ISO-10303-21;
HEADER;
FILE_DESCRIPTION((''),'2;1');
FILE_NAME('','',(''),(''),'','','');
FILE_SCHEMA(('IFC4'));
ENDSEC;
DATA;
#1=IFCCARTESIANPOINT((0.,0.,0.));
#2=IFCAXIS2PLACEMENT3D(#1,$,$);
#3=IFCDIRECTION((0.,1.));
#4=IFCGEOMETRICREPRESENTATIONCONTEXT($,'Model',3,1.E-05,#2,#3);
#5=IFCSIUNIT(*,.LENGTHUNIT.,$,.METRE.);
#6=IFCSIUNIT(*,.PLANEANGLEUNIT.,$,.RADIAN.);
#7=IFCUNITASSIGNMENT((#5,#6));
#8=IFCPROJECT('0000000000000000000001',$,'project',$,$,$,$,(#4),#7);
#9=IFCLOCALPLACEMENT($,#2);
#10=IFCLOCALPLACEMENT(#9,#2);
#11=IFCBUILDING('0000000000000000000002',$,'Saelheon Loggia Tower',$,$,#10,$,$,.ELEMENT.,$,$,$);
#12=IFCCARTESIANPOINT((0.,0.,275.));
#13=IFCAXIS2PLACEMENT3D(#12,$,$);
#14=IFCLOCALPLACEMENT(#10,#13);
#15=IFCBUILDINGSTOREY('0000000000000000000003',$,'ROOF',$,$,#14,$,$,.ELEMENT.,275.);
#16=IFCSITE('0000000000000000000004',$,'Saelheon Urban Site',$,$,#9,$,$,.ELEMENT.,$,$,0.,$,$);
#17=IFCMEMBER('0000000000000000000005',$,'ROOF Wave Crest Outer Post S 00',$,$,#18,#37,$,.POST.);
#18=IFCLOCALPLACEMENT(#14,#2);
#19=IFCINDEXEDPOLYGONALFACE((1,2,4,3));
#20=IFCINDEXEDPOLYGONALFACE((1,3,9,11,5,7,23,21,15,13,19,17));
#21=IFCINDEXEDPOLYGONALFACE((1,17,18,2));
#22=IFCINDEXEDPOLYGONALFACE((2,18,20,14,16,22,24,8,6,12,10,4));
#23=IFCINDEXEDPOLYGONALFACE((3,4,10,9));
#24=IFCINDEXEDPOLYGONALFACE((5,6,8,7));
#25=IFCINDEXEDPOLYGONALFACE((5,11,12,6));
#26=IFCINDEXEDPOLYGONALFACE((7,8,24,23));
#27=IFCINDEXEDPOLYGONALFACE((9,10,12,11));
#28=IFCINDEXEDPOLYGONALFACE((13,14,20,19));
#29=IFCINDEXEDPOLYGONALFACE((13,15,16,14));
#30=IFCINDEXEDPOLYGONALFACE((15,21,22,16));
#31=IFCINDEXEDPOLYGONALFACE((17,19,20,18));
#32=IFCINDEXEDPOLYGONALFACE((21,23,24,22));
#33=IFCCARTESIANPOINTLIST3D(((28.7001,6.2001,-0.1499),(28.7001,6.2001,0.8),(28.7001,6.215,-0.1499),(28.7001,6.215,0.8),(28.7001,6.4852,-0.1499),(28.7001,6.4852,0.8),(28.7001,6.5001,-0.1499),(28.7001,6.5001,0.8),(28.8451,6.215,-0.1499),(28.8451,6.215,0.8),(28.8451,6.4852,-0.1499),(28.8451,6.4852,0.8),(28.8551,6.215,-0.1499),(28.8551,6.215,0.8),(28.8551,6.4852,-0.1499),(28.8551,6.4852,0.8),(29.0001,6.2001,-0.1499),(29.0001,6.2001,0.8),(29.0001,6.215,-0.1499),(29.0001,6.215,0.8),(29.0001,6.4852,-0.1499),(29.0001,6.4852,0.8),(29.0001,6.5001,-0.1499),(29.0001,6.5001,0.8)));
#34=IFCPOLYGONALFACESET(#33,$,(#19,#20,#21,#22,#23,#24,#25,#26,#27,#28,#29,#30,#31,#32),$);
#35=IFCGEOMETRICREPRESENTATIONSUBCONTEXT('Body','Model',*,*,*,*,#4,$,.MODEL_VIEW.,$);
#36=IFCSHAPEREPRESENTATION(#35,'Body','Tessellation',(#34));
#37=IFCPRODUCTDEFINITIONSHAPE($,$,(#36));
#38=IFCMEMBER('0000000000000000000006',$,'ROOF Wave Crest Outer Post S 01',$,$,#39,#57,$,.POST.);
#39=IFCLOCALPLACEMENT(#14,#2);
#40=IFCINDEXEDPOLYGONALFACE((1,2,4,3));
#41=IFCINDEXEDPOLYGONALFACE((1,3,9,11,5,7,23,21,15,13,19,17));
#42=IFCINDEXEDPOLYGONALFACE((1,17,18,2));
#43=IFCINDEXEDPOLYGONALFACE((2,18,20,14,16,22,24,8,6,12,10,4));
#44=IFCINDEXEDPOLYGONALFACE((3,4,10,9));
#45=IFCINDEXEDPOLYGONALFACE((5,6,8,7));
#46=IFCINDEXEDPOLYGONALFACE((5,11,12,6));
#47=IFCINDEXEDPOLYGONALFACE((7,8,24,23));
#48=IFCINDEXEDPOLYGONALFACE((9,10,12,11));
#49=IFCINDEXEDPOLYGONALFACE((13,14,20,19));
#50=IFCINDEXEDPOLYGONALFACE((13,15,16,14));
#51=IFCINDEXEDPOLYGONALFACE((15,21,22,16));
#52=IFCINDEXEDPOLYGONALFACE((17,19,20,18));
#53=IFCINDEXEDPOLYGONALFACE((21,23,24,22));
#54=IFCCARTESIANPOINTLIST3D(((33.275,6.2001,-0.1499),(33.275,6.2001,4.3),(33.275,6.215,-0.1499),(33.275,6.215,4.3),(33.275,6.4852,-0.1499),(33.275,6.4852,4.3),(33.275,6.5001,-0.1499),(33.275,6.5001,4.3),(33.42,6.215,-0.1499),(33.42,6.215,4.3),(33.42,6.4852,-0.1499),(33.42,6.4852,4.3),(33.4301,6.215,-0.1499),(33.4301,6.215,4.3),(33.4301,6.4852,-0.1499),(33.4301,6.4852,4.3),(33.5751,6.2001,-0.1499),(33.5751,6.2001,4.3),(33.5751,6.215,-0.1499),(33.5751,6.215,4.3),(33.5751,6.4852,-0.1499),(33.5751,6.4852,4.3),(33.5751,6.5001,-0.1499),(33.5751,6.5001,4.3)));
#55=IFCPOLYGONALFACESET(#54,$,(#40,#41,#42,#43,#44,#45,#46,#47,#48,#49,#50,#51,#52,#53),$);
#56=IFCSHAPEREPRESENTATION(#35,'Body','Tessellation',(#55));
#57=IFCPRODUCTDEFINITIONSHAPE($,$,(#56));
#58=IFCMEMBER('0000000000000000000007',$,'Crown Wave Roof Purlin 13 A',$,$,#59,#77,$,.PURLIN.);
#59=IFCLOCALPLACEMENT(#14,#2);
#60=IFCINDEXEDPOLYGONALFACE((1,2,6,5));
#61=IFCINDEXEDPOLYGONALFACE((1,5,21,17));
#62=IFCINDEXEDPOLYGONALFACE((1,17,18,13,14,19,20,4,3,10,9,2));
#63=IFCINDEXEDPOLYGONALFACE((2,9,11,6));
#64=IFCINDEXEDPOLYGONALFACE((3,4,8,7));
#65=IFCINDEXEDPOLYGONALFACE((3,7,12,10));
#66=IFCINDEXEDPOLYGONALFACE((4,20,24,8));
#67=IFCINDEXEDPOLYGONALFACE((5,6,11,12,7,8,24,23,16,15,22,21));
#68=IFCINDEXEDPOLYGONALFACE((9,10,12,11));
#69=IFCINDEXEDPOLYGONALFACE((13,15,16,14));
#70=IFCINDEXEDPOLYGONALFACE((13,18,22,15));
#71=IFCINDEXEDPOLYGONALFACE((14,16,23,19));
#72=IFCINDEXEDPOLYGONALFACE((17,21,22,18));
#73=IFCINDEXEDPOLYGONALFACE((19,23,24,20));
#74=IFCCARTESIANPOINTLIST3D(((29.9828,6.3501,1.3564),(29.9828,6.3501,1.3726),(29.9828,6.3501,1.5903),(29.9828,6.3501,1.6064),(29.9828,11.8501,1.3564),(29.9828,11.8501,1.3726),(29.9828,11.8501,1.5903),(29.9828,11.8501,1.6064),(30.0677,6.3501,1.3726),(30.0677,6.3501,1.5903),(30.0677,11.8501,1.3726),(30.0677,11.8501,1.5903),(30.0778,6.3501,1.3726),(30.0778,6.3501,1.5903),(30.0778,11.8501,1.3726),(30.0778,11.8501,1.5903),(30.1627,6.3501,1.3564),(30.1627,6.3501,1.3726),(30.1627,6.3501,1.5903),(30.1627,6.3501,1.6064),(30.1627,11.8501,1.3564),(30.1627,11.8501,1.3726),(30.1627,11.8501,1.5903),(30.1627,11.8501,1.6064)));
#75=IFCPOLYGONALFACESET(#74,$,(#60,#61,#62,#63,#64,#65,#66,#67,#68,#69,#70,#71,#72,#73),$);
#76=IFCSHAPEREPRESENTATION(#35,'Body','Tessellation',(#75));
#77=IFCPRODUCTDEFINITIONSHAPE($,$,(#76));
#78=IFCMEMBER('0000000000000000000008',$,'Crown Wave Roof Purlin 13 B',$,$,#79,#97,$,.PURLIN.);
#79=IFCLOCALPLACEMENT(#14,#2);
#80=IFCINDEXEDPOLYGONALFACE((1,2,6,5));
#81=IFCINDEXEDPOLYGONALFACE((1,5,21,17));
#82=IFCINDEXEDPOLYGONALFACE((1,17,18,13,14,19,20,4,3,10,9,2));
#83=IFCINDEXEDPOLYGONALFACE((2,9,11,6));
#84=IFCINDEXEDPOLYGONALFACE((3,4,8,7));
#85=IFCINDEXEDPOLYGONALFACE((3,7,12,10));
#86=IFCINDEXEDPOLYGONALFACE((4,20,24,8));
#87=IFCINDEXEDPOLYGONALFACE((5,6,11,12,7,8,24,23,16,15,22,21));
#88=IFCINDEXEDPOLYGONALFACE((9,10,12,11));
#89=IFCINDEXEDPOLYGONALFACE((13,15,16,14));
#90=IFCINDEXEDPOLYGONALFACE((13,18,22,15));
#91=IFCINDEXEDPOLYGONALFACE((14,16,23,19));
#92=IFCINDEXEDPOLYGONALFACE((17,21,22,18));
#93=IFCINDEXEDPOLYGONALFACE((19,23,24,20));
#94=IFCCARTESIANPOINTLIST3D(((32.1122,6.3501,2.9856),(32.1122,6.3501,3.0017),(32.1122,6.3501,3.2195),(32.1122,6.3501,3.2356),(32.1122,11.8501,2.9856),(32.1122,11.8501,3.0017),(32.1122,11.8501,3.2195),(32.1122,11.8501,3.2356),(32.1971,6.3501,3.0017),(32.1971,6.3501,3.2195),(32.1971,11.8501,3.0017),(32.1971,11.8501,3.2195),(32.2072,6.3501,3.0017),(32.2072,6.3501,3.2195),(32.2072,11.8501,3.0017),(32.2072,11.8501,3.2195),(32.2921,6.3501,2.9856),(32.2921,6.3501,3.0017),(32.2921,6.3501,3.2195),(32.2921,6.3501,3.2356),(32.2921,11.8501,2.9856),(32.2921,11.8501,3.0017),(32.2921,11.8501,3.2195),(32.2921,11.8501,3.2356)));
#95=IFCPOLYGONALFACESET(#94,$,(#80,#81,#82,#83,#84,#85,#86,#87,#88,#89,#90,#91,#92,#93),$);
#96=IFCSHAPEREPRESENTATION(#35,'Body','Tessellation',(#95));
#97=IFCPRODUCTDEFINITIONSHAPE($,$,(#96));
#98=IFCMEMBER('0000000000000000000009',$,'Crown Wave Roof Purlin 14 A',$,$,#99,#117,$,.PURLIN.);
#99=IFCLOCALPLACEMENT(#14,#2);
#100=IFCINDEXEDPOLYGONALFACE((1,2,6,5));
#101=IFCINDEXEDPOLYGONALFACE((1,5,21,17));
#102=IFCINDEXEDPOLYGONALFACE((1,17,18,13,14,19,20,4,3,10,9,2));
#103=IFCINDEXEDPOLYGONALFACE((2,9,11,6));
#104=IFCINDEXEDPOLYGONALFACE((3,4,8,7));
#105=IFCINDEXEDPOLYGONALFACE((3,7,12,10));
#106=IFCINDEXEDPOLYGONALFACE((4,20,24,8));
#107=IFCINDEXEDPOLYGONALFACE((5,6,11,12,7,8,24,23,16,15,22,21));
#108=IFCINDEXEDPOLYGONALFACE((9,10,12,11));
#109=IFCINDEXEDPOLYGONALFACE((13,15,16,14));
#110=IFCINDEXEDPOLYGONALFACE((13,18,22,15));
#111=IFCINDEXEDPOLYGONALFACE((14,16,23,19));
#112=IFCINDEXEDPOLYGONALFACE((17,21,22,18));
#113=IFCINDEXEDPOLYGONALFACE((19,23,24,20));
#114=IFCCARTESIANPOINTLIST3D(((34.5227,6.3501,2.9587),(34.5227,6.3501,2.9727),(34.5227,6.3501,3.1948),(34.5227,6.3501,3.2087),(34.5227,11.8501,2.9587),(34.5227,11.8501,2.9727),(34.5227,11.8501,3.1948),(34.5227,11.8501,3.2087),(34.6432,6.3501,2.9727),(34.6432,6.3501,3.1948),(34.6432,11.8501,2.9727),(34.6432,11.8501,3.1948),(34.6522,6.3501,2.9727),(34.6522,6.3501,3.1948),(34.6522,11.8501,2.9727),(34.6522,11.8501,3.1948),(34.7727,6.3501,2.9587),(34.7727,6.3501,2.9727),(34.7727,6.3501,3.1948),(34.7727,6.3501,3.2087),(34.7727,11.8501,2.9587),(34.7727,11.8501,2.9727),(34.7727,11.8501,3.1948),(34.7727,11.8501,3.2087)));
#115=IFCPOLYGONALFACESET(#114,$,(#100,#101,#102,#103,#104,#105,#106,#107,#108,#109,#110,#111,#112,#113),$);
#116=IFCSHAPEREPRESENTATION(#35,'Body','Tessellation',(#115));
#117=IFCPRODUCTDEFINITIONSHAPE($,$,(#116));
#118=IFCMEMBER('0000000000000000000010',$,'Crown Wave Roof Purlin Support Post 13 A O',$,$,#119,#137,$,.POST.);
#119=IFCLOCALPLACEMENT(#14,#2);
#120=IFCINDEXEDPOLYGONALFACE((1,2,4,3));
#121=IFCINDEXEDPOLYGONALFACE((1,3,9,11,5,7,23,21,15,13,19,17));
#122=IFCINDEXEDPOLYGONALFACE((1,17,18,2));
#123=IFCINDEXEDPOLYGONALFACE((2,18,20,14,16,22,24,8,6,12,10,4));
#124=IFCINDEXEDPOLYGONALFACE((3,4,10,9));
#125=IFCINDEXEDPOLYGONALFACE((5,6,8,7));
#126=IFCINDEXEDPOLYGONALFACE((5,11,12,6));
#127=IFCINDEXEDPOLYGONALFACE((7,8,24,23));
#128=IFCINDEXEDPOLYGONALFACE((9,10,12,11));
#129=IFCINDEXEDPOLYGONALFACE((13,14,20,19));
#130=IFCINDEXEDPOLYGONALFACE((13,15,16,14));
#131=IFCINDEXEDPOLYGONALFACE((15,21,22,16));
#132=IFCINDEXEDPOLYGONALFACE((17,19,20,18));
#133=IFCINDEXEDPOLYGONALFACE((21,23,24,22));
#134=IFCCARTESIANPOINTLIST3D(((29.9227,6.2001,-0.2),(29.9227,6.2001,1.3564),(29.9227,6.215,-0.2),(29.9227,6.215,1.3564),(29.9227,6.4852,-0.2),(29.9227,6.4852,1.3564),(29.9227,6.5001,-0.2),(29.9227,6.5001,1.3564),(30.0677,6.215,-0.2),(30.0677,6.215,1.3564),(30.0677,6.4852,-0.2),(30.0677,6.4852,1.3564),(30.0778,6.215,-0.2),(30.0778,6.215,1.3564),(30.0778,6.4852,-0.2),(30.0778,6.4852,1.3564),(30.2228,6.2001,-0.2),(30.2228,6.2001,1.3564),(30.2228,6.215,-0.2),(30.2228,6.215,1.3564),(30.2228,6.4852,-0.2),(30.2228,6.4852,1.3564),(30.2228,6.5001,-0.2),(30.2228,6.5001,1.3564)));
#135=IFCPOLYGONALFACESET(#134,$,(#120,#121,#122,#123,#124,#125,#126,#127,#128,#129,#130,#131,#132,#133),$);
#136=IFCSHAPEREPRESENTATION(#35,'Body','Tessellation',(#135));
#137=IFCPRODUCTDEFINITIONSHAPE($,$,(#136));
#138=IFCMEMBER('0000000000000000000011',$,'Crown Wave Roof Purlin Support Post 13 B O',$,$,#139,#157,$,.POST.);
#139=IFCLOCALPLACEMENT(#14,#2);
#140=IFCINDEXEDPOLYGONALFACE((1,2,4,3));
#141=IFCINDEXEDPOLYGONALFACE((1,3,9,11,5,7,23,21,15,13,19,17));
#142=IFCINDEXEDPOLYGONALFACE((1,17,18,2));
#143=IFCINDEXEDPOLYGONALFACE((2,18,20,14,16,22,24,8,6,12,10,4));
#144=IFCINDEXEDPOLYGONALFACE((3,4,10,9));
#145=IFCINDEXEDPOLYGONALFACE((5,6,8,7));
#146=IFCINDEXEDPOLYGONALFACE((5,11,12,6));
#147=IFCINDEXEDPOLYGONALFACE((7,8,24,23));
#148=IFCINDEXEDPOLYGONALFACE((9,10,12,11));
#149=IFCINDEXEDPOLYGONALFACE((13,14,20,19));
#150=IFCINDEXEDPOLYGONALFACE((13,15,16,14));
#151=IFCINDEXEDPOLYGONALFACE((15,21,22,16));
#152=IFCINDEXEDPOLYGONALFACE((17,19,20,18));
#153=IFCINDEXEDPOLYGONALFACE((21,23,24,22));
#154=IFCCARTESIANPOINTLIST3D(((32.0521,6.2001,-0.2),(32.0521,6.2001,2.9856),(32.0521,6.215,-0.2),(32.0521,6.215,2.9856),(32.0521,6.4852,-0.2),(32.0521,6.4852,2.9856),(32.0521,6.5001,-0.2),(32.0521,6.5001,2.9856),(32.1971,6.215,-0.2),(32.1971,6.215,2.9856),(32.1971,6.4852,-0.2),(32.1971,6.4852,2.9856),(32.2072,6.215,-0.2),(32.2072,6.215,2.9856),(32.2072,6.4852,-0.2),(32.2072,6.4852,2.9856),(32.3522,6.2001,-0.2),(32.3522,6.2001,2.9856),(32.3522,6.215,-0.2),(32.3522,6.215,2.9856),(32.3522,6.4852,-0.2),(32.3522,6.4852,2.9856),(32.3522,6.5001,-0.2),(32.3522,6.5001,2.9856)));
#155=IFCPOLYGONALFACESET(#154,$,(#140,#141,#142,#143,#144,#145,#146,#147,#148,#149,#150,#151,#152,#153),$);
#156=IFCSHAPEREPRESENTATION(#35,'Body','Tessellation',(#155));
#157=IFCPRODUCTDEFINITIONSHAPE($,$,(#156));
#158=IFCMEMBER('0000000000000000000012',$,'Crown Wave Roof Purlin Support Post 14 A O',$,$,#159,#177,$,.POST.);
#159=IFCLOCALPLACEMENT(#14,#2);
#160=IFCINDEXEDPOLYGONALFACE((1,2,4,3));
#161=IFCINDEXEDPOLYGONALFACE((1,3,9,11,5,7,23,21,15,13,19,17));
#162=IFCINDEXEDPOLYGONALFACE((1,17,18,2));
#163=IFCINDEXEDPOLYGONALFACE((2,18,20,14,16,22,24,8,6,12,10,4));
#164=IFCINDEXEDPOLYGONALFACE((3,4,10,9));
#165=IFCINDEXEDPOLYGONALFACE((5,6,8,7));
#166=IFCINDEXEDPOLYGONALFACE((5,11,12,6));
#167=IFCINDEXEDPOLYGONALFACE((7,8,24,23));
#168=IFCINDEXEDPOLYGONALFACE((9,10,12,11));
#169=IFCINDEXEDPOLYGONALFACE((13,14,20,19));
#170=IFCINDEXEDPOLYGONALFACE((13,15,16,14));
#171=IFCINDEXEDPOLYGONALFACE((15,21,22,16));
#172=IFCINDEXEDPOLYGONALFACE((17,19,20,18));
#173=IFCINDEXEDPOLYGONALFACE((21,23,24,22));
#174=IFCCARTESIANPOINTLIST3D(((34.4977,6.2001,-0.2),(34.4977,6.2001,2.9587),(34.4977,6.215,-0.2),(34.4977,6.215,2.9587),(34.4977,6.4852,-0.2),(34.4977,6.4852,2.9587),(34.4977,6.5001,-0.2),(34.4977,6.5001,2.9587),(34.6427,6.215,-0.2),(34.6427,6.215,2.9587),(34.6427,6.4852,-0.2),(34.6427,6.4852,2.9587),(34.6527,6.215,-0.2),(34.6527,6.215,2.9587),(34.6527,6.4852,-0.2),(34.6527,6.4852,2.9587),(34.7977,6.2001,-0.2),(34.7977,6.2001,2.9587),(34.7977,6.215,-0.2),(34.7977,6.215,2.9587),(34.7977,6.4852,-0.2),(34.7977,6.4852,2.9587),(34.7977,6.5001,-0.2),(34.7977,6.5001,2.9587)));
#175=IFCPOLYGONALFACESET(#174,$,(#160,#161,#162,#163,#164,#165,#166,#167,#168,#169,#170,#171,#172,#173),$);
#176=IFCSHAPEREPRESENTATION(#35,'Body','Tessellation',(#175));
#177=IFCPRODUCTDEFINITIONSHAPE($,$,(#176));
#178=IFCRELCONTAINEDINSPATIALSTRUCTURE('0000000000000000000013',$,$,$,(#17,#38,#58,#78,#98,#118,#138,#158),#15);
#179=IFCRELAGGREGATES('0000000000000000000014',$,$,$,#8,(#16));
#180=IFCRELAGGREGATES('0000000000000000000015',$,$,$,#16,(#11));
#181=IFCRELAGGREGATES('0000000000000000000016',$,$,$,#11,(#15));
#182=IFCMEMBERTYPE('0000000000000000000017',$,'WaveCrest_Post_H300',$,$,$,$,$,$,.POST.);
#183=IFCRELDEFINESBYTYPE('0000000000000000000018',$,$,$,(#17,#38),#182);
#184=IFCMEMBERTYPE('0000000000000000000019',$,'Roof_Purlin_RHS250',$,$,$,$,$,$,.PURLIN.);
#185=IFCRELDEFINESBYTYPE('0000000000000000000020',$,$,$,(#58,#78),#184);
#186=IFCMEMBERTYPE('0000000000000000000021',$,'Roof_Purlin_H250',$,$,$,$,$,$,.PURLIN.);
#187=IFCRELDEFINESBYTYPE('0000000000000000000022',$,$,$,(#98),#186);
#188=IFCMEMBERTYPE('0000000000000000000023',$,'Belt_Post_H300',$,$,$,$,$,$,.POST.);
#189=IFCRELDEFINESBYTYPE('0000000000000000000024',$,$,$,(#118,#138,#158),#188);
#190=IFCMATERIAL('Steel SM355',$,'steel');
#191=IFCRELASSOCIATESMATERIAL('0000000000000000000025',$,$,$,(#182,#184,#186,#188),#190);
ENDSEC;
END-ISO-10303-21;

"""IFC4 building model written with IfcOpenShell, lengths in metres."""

from ifc_helpers import new_model, si_unit, direction, frame, origin, origin_2d, place, context, subcontext, project, spatial, i_section, extrude, source, transform, mapped, material, material_profile, profile_set, type_object, element, save


model = new_model("IFC4")

# Units and contexts
model_context = context("Model", 3, precision=1e-05, world=origin(), true_north=direction((0.0, 1.0)))
body_context = subcontext(model_context, "Body", "Model", "MODEL_VIEW")
ifc_project = project(units=[si_unit("LENGTHUNIT", "METRE"), si_unit("PLANEANGLEUNIT", "RADIAN")], contexts=[model_context])

# Site, building, storey
site_placement = place(None, origin())
site = spatial("IfcSite", under=ifc_project, at=site_placement, Name="Saelheon Urban Site", CompositionType="ELEMENT", RefElevation=0.0)
building_placement = place(site_placement, origin())
building = spatial("IfcBuilding", under=site, at=building_placement, Name="Saelheon Loggia Tower", CompositionType="ELEMENT")
storey_placement = place(building_placement, frame((0.0, 0.0, 275.0)))
storey = spatial("IfcBuildingStorey", under=building, at=storey_placement, Name="ROOF", CompositionType="ELEMENT", Elevation=275.0)

# Members
ifc_material_1 = material(Name="Steel SM355", Category="steel")
ifc_material_profile_1 = material_profile(ifc_material_1, i_section(OverallWidth=0.3, OverallDepth=0.3, WebThickness=0.01, FlangeThickness=0.0149, at=origin_2d()), Name="H-300x300x10x15")
ifc_profile_set_1 = profile_set([ifc_material_profile_1], Name="Steel SM355")
member_type_1 = type_object("IfcMemberType", Name="WaveCrest_Post_H300", PredefinedType="POST", material=ifc_profile_set_1)
shared_shape_1 = source(origin(), body_context, "Body", "SweptSolid", [
    extrude(i_section(OverallWidth=0.3, OverallDepth=0.3, WebThickness=0.01, FlangeThickness=0.0149, at=origin_2d()), origin(), (0.0, 0.0, 1.0), 0.95),
])
member_1_placement = place(storey_placement, frame((28.8501, 6.3501, -0.1499), z_axis=(0.0, 0.0, 1.0), x_axis=(1.0, 0.0, 0.0)))
element("IfcMember", 1, at=member_1_placement, inside=storey, type_object=member_type_1, Name="ROOF Wave Crest Outer Post S 00", PredefinedType="POST", context=body_context, shape_type="MappedRepresentation", body=[
    mapped(shared_shape_1, transform((0.0, 0.0, 0.0), scale=1.0)),
])
shared_shape_2 = source(origin(), body_context, "Body", "SweptSolid", [
    extrude(i_section(OverallWidth=0.3, OverallDepth=0.3, WebThickness=0.01, FlangeThickness=0.0149, at=origin_2d()), origin(), (0.0, 0.0, 1.0), 4.45),
])
member_2_placement = place(storey_placement, frame((33.425, 6.3501, -0.1499), z_axis=(0.0, 0.0, 1.0), x_axis=(1.0, 0.0, 0.0)))
element("IfcMember", 2, at=member_2_placement, inside=storey, type_object=member_type_1, Name="ROOF Wave Crest Outer Post S 01", PredefinedType="POST", context=body_context, shape_type="MappedRepresentation", body=[
    mapped(shared_shape_2, transform((0.0, 0.0, 0.0), scale=1.0)),
])
ifc_material_profile_2 = material_profile(ifc_material_1, i_section(OverallWidth=0.1799, OverallDepth=0.25, WebThickness=0.01, FlangeThickness=0.0161, at=origin_2d()), Name="H-250x180x10x16")
ifc_profile_set_2 = profile_set([ifc_material_profile_2], Name="Steel SM355")
member_type_2 = type_object("IfcMemberType", Name="Roof_Purlin_RHS250", PredefinedType="PURLIN", material=ifc_profile_set_2)
shared_shape_3 = source(origin(), body_context, "Body", "SweptSolid", [
    extrude(i_section(OverallWidth=0.1799, OverallDepth=0.25, WebThickness=0.01, FlangeThickness=0.0161, at=origin_2d()), origin(), (0.0, 0.0, 1.0), 5.5),
])
for number, where, z_axis, x_axis, name in (
    (3, (30.0728, 6.3501, 1.4814), (0.0, 1.0, 0.0), (-1.0, 0.0, 0.0), "Crown Wave Roof Purlin 13 A"),
    (4, (32.2021, 6.3501, 3.1106), (0.0, 1.0, 0.0), (-1.0, 0.0, 0.0), "Crown Wave Roof Purlin 13 B"),
):
    element("IfcMember", number, at=place(storey_placement, frame(where, z_axis=z_axis, x_axis=x_axis)), inside=storey, type_object=member_type_2, Name=name, PredefinedType="PURLIN", context=body_context, shape_type="MappedRepresentation", body=[
        mapped(shared_shape_3, transform((0.0, 0.0, 0.0), scale=1.0)),
    ])
ifc_material_profile_3 = material_profile(ifc_material_1, i_section(OverallWidth=0.25, OverallDepth=0.25, WebThickness=0.009, FlangeThickness=0.0139, at=origin_2d()), Name="H-250x250x9x14")
ifc_profile_set_3 = profile_set([ifc_material_profile_3], Name="Steel SM355")
member_type_3 = type_object("IfcMemberType", Name="Roof_Purlin_H250", PredefinedType="PURLIN", material=ifc_profile_set_3)
shared_shape_4 = source(origin(), body_context, "Body", "SweptSolid", [
    extrude(i_section(OverallWidth=0.25, OverallDepth=0.25, WebThickness=0.009, FlangeThickness=0.0139, at=origin_2d()), origin(), (0.0, 0.0, 1.0), 5.5),
])
member_3_placement = place(storey_placement, frame((34.6477, 6.3501, 3.0837), z_axis=(0.0, 1.0, 0.0), x_axis=(-1.0, 0.0, 0.0)))
element("IfcMember", 5, at=member_3_placement, inside=storey, type_object=member_type_3, Name="Crown Wave Roof Purlin 14 A", PredefinedType="PURLIN", context=body_context, shape_type="MappedRepresentation", body=[
    mapped(shared_shape_4, transform((0.0, 0.0, 0.0), scale=1.0)),
])
ifc_material_profile_4 = material_profile(ifc_material_1, i_section(OverallWidth=0.3, OverallDepth=0.3, WebThickness=0.01, FlangeThickness=0.0149, at=origin_2d()), Name="H-300x300x10x15")
ifc_profile_set_4 = profile_set([ifc_material_profile_4], Name="Steel SM355")
member_type_4 = type_object("IfcMemberType", Name="Belt_Post_H300", PredefinedType="POST", material=ifc_profile_set_4)
shared_shape_5 = source(origin(), body_context, "Body", "SweptSolid", [
    extrude(i_section(OverallWidth=0.3, OverallDepth=0.3, WebThickness=0.01, FlangeThickness=0.0149, at=origin_2d()), origin(), (0.0, 0.0, 1.0), 1.5564),
])
member_4_placement = place(storey_placement, frame((30.0728, 6.3501, -0.2), z_axis=(0.0, 0.0, 1.0), x_axis=(1.0, 0.0, 0.0)))
element("IfcMember", 6, at=member_4_placement, inside=storey, type_object=member_type_4, Name="Crown Wave Roof Purlin Support Post 13 A O", PredefinedType="POST", context=body_context, shape_type="MappedRepresentation", body=[
    mapped(shared_shape_5, transform((0.0, 0.0, 0.0), scale=1.0)),
])
shared_shape_6 = source(origin(), body_context, "Body", "SweptSolid", [
    extrude(i_section(OverallWidth=0.3, OverallDepth=0.3, WebThickness=0.01, FlangeThickness=0.0149, at=origin_2d()), origin(), (0.0, 0.0, 1.0), 3.1855),
])
member_5_placement = place(storey_placement, frame((32.2021, 6.3501, -0.2), z_axis=(0.0, 0.0, 1.0), x_axis=(1.0, 0.0, 0.0)))
element("IfcMember", 7, at=member_5_placement, inside=storey, type_object=member_type_4, Name="Crown Wave Roof Purlin Support Post 13 B O", PredefinedType="POST", context=body_context, shape_type="MappedRepresentation", body=[
    mapped(shared_shape_6, transform((0.0, 0.0, 0.0), scale=1.0)),
])
shared_shape_7 = source(origin(), body_context, "Body", "SweptSolid", [
    extrude(i_section(OverallWidth=0.3, OverallDepth=0.3, WebThickness=0.01, FlangeThickness=0.0149, at=origin_2d()), origin(), (0.0, 0.0, 1.0), 3.1587),
])
member_6_placement = place(storey_placement, frame((34.6477, 6.3501, -0.2), z_axis=(0.0, 0.0, 1.0), x_axis=(1.0, 0.0, 0.0)))
element("IfcMember", 8, at=member_6_placement, inside=storey, type_object=member_type_4, Name="Crown Wave Roof Purlin Support Post 14 A O", PredefinedType="POST", context=body_context, shape_type="MappedRepresentation", body=[
    mapped(shared_shape_7, transform((0.0, 0.0, 0.0), scale=1.0)),
])

save(model, "model.ifc")
